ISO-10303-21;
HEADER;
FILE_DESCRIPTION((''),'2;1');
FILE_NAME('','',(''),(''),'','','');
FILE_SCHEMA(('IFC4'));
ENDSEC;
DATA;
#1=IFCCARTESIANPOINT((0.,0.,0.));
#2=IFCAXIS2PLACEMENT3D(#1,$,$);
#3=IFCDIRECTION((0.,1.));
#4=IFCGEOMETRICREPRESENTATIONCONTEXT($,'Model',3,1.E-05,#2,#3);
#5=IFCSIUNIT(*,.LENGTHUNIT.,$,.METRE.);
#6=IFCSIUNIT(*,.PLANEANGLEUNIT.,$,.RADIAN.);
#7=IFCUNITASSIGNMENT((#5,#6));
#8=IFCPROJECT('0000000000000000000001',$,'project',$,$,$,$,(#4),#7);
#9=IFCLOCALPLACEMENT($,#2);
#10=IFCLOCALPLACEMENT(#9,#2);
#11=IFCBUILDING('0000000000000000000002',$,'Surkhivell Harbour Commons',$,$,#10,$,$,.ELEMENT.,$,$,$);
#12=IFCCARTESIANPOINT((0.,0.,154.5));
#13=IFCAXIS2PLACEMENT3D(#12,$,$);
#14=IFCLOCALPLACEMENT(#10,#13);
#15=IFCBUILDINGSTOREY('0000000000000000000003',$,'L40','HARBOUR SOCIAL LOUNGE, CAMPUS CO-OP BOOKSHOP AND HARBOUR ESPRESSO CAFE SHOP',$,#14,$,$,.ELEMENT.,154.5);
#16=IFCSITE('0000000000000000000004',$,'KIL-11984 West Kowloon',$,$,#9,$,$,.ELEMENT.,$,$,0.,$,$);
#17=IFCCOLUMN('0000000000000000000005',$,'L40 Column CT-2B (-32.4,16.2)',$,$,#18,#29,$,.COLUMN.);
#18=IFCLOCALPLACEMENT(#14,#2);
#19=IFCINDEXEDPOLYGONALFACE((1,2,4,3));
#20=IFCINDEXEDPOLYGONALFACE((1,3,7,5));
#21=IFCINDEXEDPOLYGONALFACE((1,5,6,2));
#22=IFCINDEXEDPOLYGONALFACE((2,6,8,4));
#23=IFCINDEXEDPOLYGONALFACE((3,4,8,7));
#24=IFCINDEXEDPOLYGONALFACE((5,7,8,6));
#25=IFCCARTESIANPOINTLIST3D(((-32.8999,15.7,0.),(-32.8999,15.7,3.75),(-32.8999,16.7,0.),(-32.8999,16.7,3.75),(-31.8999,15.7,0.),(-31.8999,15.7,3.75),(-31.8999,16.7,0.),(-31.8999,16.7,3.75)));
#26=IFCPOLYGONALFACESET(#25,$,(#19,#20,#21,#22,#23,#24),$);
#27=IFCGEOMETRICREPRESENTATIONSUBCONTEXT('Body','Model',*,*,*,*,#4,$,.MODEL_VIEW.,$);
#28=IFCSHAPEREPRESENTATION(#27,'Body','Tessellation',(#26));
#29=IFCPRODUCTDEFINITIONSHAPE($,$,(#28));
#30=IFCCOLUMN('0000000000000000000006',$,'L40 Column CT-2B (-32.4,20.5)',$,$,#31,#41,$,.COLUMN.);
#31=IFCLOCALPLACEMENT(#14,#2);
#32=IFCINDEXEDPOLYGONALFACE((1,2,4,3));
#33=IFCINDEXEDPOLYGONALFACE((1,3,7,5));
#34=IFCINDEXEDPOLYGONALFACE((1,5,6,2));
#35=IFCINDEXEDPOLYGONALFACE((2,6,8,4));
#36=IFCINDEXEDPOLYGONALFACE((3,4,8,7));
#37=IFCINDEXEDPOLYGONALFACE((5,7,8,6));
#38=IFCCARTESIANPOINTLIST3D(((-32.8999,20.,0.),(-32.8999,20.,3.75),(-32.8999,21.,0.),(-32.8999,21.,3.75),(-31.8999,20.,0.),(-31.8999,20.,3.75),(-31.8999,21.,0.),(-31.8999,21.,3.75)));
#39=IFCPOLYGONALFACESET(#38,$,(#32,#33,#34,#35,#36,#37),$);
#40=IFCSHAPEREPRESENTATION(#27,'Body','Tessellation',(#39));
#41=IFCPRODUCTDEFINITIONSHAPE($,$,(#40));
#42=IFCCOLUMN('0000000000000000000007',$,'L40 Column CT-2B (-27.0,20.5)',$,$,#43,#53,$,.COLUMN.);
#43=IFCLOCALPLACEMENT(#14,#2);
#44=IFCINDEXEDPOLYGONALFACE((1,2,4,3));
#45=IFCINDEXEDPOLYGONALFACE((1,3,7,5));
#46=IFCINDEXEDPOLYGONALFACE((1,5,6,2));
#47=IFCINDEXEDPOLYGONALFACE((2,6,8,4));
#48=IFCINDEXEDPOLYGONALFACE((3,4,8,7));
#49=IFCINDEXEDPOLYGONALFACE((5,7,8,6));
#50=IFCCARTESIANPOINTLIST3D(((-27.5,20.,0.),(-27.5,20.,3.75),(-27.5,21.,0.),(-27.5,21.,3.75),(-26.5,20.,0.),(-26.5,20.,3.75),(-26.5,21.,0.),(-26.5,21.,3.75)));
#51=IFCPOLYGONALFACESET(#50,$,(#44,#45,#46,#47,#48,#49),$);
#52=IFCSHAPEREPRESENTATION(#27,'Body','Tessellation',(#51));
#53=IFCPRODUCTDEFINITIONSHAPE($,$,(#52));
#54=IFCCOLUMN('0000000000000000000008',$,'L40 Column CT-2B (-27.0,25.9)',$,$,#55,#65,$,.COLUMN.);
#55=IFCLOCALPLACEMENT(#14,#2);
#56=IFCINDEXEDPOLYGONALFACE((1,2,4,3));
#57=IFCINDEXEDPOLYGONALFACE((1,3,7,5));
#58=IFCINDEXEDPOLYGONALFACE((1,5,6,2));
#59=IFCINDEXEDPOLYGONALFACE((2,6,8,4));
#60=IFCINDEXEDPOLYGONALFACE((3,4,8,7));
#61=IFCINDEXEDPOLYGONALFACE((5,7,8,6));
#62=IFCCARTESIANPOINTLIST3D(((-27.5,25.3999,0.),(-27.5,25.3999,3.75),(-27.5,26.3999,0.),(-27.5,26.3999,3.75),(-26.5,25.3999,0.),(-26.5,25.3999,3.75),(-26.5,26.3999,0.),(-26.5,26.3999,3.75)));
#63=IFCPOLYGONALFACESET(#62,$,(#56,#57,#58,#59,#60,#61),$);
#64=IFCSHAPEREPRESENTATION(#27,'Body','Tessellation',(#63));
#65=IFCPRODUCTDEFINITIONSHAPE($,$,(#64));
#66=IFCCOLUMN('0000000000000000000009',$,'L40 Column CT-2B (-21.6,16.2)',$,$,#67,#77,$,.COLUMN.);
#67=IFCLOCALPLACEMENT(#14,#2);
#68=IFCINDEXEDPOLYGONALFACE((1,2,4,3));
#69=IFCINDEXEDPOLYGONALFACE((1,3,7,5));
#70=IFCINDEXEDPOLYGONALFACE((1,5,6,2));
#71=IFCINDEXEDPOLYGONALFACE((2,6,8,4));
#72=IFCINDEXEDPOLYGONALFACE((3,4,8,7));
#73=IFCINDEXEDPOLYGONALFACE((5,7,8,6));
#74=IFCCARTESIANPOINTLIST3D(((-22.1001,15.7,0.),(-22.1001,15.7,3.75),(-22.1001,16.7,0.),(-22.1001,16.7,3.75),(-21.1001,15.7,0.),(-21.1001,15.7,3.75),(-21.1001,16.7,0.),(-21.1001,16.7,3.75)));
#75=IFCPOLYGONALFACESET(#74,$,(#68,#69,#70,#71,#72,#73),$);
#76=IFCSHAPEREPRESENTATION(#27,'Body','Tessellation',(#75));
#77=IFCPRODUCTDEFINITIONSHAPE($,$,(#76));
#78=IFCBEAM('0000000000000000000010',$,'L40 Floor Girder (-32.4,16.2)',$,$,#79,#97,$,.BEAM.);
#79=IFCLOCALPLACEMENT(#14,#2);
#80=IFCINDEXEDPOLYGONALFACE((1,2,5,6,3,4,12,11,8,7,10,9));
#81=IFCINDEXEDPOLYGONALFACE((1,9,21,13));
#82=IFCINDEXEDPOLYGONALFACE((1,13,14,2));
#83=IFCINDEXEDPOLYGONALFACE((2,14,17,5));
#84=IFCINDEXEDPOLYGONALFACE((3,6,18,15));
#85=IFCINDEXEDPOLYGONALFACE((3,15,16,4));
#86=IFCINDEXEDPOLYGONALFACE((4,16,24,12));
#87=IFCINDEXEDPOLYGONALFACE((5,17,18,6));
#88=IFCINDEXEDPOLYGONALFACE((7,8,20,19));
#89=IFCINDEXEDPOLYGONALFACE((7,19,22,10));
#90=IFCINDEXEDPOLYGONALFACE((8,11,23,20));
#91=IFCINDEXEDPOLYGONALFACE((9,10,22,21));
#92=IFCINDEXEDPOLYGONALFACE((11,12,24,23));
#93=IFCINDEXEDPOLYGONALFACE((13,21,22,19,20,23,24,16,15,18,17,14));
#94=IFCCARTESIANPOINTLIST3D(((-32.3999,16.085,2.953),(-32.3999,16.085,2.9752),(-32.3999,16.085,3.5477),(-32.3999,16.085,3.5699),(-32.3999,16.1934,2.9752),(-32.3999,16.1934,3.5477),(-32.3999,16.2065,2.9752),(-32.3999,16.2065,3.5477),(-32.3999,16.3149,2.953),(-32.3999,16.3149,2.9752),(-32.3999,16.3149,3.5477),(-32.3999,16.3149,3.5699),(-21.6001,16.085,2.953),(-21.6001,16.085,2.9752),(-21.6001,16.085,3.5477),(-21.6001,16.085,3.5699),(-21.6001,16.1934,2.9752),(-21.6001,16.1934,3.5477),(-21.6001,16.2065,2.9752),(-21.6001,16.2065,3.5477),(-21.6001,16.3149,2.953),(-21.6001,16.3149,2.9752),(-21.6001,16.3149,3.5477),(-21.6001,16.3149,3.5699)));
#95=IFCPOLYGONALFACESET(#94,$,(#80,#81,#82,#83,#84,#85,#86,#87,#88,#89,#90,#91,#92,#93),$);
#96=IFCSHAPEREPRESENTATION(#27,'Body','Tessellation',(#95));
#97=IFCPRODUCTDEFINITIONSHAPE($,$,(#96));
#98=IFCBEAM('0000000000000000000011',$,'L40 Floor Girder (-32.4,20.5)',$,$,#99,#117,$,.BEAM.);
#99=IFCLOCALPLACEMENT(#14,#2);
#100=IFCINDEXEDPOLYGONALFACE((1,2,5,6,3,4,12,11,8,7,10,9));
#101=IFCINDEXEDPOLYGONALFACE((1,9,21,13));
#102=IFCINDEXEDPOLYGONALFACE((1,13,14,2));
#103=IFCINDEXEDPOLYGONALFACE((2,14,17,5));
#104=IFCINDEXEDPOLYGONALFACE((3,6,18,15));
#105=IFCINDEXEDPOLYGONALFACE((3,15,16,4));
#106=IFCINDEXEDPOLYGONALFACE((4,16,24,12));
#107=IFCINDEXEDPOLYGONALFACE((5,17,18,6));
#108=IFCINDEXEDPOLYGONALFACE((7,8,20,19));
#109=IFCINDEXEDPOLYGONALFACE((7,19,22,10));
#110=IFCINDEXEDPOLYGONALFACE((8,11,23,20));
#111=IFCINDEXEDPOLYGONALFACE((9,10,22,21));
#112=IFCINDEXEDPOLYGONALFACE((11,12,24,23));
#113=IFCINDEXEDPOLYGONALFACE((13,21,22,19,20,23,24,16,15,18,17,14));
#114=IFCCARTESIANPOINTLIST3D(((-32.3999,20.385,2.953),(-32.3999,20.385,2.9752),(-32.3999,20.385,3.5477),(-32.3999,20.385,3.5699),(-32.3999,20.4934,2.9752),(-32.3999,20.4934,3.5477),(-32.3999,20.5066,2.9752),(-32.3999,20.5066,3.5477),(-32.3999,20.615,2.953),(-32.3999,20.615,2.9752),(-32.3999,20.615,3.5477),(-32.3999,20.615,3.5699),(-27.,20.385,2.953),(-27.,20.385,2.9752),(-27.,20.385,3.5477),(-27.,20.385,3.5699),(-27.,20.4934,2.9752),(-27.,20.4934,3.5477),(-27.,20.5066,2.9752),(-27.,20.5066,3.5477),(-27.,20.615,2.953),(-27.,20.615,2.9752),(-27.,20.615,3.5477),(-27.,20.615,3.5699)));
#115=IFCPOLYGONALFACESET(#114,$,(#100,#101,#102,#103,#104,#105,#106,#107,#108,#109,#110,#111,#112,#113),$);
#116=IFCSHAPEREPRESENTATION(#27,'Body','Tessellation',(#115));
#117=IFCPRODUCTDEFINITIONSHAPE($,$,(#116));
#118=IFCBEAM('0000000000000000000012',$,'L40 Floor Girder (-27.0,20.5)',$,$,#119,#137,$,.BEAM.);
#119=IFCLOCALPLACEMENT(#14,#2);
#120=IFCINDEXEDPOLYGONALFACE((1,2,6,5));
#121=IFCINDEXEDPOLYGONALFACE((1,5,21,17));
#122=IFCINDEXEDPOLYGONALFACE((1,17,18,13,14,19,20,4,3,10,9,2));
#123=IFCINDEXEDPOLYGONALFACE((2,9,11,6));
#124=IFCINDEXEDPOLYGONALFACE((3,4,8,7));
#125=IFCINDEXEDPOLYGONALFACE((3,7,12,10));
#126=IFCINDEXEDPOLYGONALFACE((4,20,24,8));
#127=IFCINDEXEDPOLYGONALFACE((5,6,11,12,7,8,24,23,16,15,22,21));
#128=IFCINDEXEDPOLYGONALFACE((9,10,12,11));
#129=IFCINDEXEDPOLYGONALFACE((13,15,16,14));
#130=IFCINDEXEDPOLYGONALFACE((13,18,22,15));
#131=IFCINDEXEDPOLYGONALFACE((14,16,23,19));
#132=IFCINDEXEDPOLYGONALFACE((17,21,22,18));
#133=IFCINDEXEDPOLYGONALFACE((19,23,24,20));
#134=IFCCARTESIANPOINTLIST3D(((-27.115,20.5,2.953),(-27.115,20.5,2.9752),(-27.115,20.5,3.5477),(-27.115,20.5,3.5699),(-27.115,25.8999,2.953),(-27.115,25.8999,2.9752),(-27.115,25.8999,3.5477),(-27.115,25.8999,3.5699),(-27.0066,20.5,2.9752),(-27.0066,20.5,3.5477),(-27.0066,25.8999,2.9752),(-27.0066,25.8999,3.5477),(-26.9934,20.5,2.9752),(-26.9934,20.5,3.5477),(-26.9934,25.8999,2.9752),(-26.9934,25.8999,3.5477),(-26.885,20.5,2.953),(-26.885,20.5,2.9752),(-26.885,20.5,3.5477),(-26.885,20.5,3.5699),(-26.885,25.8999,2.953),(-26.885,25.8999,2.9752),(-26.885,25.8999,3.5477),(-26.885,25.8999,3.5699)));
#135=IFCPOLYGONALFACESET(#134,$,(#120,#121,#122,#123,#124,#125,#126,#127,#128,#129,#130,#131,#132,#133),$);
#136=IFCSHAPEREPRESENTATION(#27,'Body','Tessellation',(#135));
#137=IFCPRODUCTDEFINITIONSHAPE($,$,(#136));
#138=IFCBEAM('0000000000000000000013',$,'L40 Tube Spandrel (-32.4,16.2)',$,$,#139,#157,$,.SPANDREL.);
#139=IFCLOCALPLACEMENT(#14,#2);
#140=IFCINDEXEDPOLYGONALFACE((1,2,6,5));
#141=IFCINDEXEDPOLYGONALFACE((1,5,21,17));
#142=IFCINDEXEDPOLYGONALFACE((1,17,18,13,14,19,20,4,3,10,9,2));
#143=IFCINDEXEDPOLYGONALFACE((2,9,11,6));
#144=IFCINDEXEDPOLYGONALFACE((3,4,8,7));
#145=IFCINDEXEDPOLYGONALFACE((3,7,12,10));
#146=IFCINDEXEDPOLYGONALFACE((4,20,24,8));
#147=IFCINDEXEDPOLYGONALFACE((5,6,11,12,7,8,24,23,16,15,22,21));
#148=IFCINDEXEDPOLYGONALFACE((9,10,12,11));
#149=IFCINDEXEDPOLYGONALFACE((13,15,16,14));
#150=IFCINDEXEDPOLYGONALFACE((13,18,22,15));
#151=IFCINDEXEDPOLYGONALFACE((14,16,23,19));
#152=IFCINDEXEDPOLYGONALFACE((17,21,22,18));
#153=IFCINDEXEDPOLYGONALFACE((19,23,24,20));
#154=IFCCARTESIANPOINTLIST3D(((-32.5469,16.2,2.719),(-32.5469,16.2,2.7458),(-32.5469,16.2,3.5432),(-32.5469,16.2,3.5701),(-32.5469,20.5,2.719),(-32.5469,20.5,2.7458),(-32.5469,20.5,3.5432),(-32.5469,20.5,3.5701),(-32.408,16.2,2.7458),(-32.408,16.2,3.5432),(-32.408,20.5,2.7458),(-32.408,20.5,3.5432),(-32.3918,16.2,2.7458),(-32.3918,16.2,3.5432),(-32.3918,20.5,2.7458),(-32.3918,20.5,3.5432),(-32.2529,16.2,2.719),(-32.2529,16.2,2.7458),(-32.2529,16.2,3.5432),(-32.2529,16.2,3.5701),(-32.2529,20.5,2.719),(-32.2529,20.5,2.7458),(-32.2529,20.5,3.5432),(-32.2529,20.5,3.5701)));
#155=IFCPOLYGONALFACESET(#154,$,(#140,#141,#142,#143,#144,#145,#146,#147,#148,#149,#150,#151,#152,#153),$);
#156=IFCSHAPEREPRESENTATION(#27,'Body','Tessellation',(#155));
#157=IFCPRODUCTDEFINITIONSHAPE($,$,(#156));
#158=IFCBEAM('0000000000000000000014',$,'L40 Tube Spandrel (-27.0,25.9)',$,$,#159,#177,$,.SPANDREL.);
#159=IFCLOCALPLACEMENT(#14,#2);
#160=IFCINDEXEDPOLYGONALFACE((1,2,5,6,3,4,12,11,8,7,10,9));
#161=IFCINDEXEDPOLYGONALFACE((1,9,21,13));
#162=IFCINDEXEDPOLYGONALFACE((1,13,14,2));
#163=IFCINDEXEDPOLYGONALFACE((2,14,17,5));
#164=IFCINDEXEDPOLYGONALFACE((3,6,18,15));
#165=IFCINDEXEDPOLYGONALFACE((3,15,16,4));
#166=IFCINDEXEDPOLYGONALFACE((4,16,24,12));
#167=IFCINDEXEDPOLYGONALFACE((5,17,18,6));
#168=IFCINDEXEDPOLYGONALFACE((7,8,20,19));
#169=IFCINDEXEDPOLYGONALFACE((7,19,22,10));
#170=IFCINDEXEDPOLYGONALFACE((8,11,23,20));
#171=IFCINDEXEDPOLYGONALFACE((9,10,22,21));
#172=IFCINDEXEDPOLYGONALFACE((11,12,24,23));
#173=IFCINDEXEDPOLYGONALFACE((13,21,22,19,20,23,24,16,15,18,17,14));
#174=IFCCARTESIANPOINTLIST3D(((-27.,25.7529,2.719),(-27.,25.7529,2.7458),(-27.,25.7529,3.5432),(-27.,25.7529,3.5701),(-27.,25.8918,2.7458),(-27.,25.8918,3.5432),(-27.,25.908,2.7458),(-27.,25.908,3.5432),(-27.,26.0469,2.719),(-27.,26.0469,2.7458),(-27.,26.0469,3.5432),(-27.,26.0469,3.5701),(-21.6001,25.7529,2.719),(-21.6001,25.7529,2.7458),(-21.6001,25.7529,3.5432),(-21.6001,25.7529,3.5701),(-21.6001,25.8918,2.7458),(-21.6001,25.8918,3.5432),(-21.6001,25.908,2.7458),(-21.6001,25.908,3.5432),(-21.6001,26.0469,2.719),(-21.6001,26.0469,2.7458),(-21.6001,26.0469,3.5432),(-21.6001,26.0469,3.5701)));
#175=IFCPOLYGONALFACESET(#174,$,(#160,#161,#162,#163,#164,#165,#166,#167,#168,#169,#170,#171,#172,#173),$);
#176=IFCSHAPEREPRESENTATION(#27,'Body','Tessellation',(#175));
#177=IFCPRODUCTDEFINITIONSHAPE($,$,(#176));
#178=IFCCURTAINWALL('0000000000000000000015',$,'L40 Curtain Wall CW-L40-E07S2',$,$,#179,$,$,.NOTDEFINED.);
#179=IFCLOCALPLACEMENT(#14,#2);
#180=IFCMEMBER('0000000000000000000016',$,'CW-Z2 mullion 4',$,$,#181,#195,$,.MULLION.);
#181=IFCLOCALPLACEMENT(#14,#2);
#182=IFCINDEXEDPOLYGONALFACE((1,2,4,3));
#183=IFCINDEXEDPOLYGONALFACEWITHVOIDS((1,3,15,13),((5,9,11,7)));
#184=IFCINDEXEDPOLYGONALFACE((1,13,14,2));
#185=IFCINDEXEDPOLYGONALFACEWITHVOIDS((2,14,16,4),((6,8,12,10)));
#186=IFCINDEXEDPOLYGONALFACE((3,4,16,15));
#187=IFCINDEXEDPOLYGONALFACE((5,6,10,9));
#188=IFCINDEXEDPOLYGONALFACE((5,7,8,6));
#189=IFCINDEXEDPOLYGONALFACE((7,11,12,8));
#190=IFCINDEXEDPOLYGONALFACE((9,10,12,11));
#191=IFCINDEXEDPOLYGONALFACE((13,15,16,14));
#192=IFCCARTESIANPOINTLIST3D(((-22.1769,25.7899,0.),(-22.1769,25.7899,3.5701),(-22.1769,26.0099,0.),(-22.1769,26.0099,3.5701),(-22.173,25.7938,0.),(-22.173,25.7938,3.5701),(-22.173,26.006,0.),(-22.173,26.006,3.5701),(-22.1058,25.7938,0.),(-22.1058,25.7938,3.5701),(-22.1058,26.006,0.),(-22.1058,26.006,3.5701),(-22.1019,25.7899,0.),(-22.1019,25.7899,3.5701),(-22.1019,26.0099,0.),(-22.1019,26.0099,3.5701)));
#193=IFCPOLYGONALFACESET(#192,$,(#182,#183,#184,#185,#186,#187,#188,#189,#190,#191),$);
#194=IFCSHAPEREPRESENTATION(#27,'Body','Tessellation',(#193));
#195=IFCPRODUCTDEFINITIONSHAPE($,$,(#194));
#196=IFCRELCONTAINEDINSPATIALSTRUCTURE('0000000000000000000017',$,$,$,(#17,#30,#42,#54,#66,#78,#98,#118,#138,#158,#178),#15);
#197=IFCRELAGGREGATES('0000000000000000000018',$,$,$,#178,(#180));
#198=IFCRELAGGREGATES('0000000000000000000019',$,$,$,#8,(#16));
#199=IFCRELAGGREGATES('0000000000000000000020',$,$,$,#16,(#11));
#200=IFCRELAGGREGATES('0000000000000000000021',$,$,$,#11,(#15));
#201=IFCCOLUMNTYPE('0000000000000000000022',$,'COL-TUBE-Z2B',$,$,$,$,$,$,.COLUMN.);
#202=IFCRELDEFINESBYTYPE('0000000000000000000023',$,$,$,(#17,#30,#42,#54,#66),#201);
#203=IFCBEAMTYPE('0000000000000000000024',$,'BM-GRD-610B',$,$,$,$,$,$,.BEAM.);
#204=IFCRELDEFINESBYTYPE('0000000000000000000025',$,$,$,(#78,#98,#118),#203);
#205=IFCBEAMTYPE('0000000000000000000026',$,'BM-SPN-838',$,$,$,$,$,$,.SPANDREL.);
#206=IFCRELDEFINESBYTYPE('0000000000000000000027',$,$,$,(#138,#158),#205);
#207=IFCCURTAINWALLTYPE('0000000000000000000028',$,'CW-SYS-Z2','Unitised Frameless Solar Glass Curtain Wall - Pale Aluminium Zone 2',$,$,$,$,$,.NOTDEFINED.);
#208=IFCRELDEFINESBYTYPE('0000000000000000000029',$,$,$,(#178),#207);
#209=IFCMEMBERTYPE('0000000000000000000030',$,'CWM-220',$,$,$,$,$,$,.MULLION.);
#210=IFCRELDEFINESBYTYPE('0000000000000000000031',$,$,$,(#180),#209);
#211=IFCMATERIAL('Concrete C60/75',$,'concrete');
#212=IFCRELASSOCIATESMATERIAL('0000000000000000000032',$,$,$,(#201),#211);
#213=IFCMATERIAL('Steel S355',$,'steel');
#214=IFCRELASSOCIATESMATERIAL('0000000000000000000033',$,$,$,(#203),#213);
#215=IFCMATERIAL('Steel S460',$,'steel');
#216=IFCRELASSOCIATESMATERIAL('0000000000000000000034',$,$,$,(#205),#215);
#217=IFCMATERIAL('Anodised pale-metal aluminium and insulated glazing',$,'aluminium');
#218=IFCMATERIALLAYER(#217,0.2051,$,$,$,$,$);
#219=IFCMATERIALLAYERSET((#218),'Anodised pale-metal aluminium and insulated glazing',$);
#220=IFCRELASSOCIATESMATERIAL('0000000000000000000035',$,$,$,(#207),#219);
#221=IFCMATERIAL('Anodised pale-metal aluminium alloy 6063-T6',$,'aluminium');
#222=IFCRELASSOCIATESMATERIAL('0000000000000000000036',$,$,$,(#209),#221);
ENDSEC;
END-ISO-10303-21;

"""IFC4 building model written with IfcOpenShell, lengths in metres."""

from ifc_helpers import new_model, si_unit, direction, frame, origin, origin_2d, place, context, subcontext, project, spatial, rectangle, hollow_rectangle, i_section, extrude, material, layer, layer_set, material_profile, profile_set, type_object, element, aggregate, save


model = new_model("IFC4")

# Units and contexts
model_context = context("Model", 3, precision=1e-05, world=origin(), true_north=direction((0.0, 1.0)))
body_context = subcontext(model_context, "Body", "Model", "MODEL_VIEW")
ifc_project = project(units=[si_unit("LENGTHUNIT", "METRE"), si_unit("PLANEANGLEUNIT", "RADIAN")], contexts=[model_context])

# Site, building, storey
site_placement = place(None, origin())
site = spatial("IfcSite", under=ifc_project, at=site_placement, Name="KIL-11984 West Kowloon", CompositionType="ELEMENT", RefElevation=0.0)
building_placement = place(site_placement, origin())
building = spatial("IfcBuilding", under=site, at=building_placement, Name="Surkhivell Harbour Commons", CompositionType="ELEMENT")
storey_placement = place(building_placement, frame((0.0, 0.0, 154.5)))
storey = spatial("IfcBuildingStorey", under=building, at=storey_placement, Name="L40", Description="HARBOUR SOCIAL LOUNGE, CAMPUS CO-OP BOOKSHOP AND HARBOUR ESPRESSO CAFE SHOP", CompositionType="ELEMENT", Elevation=154.5)

# Columns
ifc_material_1 = material(Name="Concrete C60/75", Category="concrete")
ifc_material_profile_1 = material_profile(ifc_material_1, rectangle(XDim=1.0, YDim=1.0, at=origin_2d()), Name="RC-COL-1000x1000")
ifc_profile_set_1 = profile_set([ifc_material_profile_1], Name="Concrete C60/75")
column_type = type_object("IfcColumnType", Name="COL-TUBE-Z2B", PredefinedType="COLUMN", material=ifc_profile_set_1)
for number, where, z_axis, x_axis, name in (
    (1, (-32.3999, 16.2, 0.0), (0.0, 0.0, 1.0), (1.0, 0.0, 0.0), "L40 Column CT-2B (-32.4,16.2)"),
    (2, (-32.3999, 20.5, 0.0), (0.0, 0.0, 1.0), (1.0, 0.0, 0.0), "L40 Column CT-2B (-32.4,20.5)"),
    (3, (-27.0, 20.5, 0.0), (0.0, 0.0, 1.0), (1.0, 0.0, 0.0), "L40 Column CT-2B (-27.0,20.5)"),
    (4, (-27.0, 25.8999, 0.0), (0.0, 0.0, 1.0), (1.0, 0.0, 0.0), "L40 Column CT-2B (-27.0,25.9)"),
    (5, (-21.6001, 16.2, 0.0), (0.0, 0.0, 1.0), (1.0, 0.0, 0.0), "L40 Column CT-2B (-21.6,16.2)"),
):
    element("IfcColumn", number, at=place(storey_placement, frame(where, z_axis=z_axis, x_axis=x_axis)), inside=storey, type_object=column_type, Name=name, PredefinedType="COLUMN", context=body_context, shape_type="SweptSolid", body=[
        extrude(rectangle(XDim=1.0, YDim=1.0, at=origin_2d()), origin(), (0.0, 0.0, 1.0), 3.75),
    ])

# Beams
ifc_material_2 = material(Name="Steel S355", Category="steel")
ifc_material_profile_2 = material_profile(ifc_material_2, i_section(OverallWidth=0.23, OverallDepth=0.6169, WebThickness=0.0132, FlangeThickness=0.0222, at=origin_2d()), Name="UB610x229x140")
ifc_profile_set_2 = profile_set([ifc_material_profile_2], Name="Steel S355")
beam_type_1 = type_object("IfcBeamType", Name="BM-GRD-610B", PredefinedType="BEAM", material=ifc_profile_set_2)
beam_1_placement = place(storey_placement, frame((-32.3999, 16.2, 3.2615), z_axis=(1.0, 0.0, 0.0), x_axis=(0.0, 1.0, 0.0)))
element("IfcBeam", 6, at=beam_1_placement, inside=storey, type_object=beam_type_1, Name="L40 Floor Girder (-32.4,16.2)", PredefinedType="BEAM", context=body_context, shape_type="SweptSolid", body=[
    extrude(i_section(OverallWidth=0.23, OverallDepth=0.6169, WebThickness=0.0132, FlangeThickness=0.0222, at=origin_2d()), origin(), (0.0, 0.0, 1.0), 10.7998),
])
for number, where, z_axis, x_axis, name in (
    (7, (-32.3999, 20.5, 3.2615), (1.0, 0.0, 0.0), (0.0, 1.0, 0.0), "L40 Floor Girder (-32.4,20.5)"),
    (8, (-27.0, 20.5, 3.2615), (0.0, 1.0, 0.0), (-1.0, 0.0, 0.0), "L40 Floor Girder (-27.0,20.5)"),
):
    element("IfcBeam", number, at=place(storey_placement, frame(where, z_axis=z_axis, x_axis=x_axis)), inside=storey, type_object=beam_type_1, Name=name, PredefinedType="BEAM", context=body_context, shape_type="SweptSolid", body=[
        extrude(i_section(OverallWidth=0.23, OverallDepth=0.6169, WebThickness=0.0132, FlangeThickness=0.0222, at=origin_2d()), origin(), (0.0, 0.0, 1.0), 5.3999),
    ])
ifc_material_3 = material(Name="Steel S460", Category="steel")
ifc_material_profile_3 = material_profile(ifc_material_3, i_section(OverallWidth=0.2939, OverallDepth=0.8511, WebThickness=0.0161, FlangeThickness=0.0269, at=origin_2d()), Name="UB838x292x226")
ifc_profile_set_3 = profile_set([ifc_material_profile_3], Name="Steel S460")
beam_type_2 = type_object("IfcBeamType", Name="BM-SPN-838", PredefinedType="SPANDREL", material=ifc_profile_set_3)
beam_2_placement = place(storey_placement, frame((-32.3999, 16.2, 3.1445), z_axis=(0.0, 1.0, 0.0), x_axis=(-1.0, 0.0, 0.0)))
element("IfcBeam", 9, at=beam_2_placement, inside=storey, type_object=beam_type_2, Name="L40 Tube Spandrel (-32.4,16.2)", PredefinedType="SPANDREL", context=body_context, shape_type="SweptSolid", body=[
    extrude(i_section(OverallWidth=0.2939, OverallDepth=0.8511, WebThickness=0.0161, FlangeThickness=0.0269, at=origin_2d()), origin(), (0.0, 0.0, 1.0), 4.3),
])
beam_3_placement = place(storey_placement, frame((-27.0, 25.8999, 3.1445), z_axis=(1.0, 0.0, 0.0), x_axis=(0.0, 1.0, 0.0)))
element("IfcBeam", 10, at=beam_3_placement, inside=storey, type_object=beam_type_2, Name="L40 Tube Spandrel (-27.0,25.9)", PredefinedType="SPANDREL", context=body_context, shape_type="SweptSolid", body=[
    extrude(i_section(OverallWidth=0.2939, OverallDepth=0.8511, WebThickness=0.0161, FlangeThickness=0.0269, at=origin_2d()), origin(), (0.0, 0.0, 1.0), 5.3999),
])

# Curtain wall, member
ifc_material_4 = material(Name="Anodised pale-metal aluminium and insulated glazing", Category="aluminium")
ifc_layer_1 = layer(ifc_material_4, 0.2051)
ifc_layer_set_1 = layer_set([ifc_layer_1], Name="Anodised pale-metal aluminium and insulated glazing")
curtain_wall_type = type_object("IfcCurtainWallType", Name="CW-SYS-Z2", Description="Unitised Frameless Solar Glass Curtain Wall - Pale Aluminium Zone 2", PredefinedType="NOTDEFINED", material=ifc_layer_set_1)
curtain_wall_1_placement = place(storey_placement, origin())
curtain_wall_1 = element("IfcCurtainWall", 11, at=curtain_wall_1_placement, inside=storey, type_object=curtain_wall_type, Name="L40 Curtain Wall CW-L40-E07S2", PredefinedType="NOTDEFINED")
ifc_material_5 = material(Name="Anodised pale-metal aluminium alloy 6063-T6", Category="aluminium")
ifc_material_profile_4 = material_profile(ifc_material_5, hollow_rectangle(XDim=0.075, YDim=0.22, WallThickness=0.0039, at=origin_2d()), Name="ALU-MULL-75x220")
ifc_profile_set_4 = profile_set([ifc_material_profile_4], Name="Anodised pale-metal aluminium alloy 6063-T6")
member_type_1 = type_object("IfcMemberType", Name="CWM-220", PredefinedType="MULLION", material=ifc_profile_set_4)
member_1_placement = place(storey_placement, frame((-22.1394, 25.8999, 0.0), z_axis=(0.0, 0.0, 1.0), x_axis=(-1.0, 0.0, 0.0)))
member_1 = element("IfcMember", 12, at=member_1_placement, type_object=member_type_1, Name="CW-Z2 mullion 4", PredefinedType="MULLION", context=body_context, shape_type="SweptSolid", body=[
    extrude(hollow_rectangle(XDim=0.075, YDim=0.22, WallThickness=0.0039, at=origin_2d()), origin(), (0.0, 0.0, 1.0), 3.5701),
])

aggregate(curtain_wall_1, [member_1])

save(model, "model.ifc")
